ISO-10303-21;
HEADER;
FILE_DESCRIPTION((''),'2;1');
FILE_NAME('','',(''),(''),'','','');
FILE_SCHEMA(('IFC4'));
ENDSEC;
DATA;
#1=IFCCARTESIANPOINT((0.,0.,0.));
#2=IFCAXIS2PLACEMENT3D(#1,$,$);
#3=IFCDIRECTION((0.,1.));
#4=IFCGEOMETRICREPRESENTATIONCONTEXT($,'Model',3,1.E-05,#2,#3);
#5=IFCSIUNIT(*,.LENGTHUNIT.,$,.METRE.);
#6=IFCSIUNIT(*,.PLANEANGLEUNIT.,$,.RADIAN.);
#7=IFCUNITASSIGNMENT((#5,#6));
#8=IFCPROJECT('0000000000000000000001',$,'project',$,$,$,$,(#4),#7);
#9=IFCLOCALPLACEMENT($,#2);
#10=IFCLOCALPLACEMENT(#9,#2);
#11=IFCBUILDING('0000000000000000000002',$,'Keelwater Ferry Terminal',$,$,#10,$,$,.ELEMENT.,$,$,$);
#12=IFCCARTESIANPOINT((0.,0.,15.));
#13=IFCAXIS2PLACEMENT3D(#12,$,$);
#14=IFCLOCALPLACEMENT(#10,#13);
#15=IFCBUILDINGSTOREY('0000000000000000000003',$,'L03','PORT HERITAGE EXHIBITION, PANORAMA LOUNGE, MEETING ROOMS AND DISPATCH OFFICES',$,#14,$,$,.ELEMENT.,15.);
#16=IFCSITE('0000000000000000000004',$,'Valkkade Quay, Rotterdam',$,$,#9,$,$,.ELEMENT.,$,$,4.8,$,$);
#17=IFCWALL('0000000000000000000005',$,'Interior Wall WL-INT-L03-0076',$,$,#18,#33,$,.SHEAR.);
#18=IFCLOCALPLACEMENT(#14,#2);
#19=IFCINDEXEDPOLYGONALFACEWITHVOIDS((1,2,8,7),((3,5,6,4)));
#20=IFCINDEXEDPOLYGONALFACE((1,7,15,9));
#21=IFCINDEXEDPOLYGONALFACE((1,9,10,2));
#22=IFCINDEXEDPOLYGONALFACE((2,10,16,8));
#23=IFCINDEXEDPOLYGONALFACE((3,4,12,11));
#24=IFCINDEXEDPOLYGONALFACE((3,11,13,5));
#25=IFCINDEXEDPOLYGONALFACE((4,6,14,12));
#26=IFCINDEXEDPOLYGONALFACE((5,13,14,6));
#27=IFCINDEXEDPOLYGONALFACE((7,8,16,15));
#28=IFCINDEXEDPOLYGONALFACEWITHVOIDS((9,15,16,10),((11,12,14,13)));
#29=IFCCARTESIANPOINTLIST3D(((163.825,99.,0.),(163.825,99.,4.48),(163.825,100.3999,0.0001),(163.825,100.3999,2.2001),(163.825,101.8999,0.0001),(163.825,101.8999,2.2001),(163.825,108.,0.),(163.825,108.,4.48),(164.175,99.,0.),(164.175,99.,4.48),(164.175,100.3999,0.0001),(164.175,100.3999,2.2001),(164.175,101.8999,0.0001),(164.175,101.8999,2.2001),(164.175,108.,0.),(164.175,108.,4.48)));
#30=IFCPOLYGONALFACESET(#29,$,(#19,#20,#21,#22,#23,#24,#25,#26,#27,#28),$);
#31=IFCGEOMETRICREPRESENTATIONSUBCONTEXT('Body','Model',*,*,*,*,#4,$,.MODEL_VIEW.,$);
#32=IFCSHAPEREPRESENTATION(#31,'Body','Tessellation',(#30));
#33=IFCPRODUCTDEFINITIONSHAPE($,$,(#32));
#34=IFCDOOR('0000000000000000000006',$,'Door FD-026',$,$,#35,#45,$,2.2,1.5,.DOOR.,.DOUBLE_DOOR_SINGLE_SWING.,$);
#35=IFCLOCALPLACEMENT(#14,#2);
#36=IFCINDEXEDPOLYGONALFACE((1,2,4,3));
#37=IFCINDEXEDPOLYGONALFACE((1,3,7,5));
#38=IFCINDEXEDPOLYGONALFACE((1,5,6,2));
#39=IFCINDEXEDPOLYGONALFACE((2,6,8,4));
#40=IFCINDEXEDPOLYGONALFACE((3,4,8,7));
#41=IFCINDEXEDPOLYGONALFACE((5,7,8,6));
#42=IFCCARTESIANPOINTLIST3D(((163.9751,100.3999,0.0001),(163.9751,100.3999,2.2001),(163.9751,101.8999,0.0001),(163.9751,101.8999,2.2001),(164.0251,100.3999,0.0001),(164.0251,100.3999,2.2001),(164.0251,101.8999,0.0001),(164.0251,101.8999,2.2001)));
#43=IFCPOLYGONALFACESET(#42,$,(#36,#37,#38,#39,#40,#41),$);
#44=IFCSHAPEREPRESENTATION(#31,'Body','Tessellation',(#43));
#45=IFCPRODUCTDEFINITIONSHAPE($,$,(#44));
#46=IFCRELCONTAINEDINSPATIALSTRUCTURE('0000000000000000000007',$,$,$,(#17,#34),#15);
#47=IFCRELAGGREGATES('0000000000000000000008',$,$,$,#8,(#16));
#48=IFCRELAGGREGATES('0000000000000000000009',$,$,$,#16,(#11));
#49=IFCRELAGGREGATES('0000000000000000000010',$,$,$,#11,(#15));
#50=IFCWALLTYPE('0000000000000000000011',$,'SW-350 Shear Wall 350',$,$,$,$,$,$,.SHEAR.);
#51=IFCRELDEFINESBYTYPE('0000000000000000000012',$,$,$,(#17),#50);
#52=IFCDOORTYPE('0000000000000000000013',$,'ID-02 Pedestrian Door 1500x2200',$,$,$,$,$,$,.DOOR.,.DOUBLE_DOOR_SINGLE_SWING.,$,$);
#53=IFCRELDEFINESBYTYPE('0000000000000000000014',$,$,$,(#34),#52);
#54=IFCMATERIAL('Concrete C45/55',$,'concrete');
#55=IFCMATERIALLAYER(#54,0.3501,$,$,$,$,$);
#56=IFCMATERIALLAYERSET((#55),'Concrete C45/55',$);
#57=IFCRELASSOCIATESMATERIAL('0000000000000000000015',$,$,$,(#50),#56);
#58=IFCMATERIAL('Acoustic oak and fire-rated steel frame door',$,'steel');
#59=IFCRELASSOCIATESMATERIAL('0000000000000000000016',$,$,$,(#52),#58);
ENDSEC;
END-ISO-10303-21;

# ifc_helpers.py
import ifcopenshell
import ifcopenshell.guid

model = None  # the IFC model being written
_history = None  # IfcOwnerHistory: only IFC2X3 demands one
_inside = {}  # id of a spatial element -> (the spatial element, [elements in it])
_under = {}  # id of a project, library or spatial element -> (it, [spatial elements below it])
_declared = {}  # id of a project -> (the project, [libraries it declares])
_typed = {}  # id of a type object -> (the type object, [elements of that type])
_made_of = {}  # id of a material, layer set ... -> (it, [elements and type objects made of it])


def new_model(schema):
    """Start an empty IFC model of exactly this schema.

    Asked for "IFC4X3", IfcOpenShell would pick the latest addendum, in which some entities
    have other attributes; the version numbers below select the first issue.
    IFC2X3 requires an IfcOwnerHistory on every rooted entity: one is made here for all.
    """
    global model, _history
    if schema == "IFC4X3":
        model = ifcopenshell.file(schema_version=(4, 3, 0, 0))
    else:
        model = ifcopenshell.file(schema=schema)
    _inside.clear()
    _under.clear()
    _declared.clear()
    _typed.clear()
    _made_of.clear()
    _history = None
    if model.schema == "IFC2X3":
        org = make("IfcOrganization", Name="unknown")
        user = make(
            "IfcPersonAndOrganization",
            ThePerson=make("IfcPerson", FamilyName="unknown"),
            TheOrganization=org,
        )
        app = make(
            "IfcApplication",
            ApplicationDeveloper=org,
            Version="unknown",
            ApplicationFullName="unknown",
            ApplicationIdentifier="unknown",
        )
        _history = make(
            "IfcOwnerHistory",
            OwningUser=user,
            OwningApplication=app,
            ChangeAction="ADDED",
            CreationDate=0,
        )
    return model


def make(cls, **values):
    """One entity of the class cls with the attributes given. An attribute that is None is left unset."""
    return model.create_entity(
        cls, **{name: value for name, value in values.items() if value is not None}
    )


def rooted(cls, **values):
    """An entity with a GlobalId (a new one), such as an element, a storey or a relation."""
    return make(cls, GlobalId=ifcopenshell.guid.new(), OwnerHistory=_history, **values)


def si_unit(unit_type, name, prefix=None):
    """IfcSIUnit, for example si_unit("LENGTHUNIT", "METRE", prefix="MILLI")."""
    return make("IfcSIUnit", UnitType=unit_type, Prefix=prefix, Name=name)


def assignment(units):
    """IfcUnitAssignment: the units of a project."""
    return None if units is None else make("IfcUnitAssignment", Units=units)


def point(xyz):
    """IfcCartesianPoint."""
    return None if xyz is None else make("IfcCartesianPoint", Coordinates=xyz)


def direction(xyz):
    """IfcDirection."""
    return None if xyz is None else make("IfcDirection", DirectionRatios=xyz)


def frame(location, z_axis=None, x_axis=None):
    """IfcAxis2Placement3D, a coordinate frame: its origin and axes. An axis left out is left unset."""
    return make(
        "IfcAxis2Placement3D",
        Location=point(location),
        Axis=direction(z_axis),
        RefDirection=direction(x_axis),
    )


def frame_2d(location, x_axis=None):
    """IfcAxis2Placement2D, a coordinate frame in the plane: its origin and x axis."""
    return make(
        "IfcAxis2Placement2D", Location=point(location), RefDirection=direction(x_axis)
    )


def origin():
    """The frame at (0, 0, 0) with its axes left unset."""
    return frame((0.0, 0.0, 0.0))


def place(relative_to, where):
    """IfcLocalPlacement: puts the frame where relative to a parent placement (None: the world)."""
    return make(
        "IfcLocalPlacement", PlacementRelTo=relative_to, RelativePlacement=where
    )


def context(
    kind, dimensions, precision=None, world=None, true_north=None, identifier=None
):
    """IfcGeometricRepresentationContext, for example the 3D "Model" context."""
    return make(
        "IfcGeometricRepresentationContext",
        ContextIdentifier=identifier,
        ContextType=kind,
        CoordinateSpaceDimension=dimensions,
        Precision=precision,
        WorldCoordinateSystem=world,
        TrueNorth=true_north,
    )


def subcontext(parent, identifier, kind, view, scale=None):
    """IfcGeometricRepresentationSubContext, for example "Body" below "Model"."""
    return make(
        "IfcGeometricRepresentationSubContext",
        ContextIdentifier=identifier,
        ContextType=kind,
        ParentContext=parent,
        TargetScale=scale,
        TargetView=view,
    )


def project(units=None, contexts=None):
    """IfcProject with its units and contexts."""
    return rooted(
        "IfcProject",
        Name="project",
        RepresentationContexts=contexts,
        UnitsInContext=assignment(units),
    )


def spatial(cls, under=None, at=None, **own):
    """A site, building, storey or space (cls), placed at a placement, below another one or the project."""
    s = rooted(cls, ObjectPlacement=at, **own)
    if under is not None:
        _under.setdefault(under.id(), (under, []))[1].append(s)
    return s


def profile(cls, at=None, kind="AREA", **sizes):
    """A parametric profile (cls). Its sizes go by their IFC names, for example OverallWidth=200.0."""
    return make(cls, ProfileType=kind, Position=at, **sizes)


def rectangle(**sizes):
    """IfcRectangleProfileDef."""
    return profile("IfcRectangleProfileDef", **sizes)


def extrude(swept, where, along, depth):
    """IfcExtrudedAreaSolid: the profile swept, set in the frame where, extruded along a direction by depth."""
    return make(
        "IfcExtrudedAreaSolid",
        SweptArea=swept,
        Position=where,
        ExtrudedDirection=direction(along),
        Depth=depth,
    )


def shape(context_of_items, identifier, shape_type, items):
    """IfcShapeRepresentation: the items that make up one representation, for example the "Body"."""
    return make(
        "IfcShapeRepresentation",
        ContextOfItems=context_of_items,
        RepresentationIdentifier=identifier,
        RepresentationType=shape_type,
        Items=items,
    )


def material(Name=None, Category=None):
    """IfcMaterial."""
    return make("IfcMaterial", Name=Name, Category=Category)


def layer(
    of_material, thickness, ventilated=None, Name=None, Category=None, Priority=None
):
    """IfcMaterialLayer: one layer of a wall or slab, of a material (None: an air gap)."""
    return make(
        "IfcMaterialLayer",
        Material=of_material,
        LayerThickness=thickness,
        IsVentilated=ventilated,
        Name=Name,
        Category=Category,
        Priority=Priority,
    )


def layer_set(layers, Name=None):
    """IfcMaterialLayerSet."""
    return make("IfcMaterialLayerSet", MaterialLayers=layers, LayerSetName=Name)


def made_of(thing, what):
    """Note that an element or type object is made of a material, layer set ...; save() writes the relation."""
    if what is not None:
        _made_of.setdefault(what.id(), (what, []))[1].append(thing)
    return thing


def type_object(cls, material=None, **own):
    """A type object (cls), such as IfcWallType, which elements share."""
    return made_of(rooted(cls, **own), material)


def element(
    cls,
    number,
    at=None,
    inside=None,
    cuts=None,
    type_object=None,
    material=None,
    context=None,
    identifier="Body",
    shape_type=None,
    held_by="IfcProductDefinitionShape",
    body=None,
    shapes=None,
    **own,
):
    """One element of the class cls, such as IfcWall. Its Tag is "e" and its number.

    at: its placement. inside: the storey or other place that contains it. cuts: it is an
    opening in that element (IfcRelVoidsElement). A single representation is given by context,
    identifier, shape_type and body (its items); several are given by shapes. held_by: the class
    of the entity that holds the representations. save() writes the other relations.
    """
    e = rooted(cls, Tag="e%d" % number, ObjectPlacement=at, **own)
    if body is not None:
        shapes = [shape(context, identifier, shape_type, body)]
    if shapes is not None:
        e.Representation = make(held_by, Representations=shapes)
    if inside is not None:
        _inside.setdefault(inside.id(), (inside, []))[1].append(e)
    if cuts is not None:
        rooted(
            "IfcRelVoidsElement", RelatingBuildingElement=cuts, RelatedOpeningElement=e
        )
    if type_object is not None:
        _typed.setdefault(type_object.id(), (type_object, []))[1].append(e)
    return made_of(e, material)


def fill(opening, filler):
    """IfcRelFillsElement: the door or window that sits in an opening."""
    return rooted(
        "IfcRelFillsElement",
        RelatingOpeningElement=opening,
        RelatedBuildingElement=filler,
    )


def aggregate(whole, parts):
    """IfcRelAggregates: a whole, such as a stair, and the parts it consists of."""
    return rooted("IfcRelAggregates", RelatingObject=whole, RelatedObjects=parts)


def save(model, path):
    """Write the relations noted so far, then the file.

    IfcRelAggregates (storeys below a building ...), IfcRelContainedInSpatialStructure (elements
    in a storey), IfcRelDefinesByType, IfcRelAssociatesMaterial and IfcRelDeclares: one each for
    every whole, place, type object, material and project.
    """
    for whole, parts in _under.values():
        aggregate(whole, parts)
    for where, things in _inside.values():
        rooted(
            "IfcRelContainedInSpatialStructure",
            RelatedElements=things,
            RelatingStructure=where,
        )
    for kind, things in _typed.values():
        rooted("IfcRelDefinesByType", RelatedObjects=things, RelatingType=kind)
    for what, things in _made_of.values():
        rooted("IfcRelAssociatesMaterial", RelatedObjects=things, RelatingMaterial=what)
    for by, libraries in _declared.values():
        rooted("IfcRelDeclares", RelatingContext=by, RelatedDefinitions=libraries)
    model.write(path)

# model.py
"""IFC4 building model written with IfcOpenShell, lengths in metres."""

from ifc_helpers import new_model, si_unit, direction, frame, frame_2d, origin, place, context, subcontext, project, spatial, rectangle, extrude, material, layer, layer_set, type_object, element, fill, save


model = new_model("IFC4")

# Units and contexts
model_context = context("Model", 3, precision=1e-05, world=origin(), true_north=direction((0.0, 1.0)))
body_context = subcontext(model_context, "Body", "Model", "MODEL_VIEW")
ifc_project = project(units=[si_unit("LENGTHUNIT", "METRE"), si_unit("PLANEANGLEUNIT", "RADIAN")], contexts=[model_context])

# Site, building, storey
site_placement = place(None, origin())
site = spatial("IfcSite", under=ifc_project, at=site_placement, Name="Valkkade Quay, Rotterdam", CompositionType="ELEMENT", RefElevation=4.8)
building_placement = place(site_placement, origin())
building = spatial("IfcBuilding", under=site, at=building_placement, Name="Keelwater Ferry Terminal", CompositionType="ELEMENT")
storey_placement = place(building_placement, frame((0.0, 0.0, 15.0)))
storey = spatial("IfcBuildingStorey", under=building, at=storey_placement, Name="L03", Description="PORT HERITAGE EXHIBITION, PANORAMA LOUNGE, MEETING ROOMS AND DISPATCH OFFICES", CompositionType="ELEMENT", Elevation=15.0)

# Wall, opening, door
ifc_material_1 = material(Name="Concrete C45/55", Category="concrete")
ifc_layer_1 = layer(ifc_material_1, 0.3501)
ifc_layer_set_1 = layer_set([ifc_layer_1], Name="Concrete C45/55")
wall_type_1 = type_object("IfcWallType", Name="SW-350 Shear Wall 350", PredefinedType="SHEAR", material=ifc_layer_set_1)
wall_1_placement = place(storey_placement, frame((164.0, 99.0, 0.0), z_axis=(0.0, 0.0, 1.0), x_axis=(0.0, 1.0, 0.0)))
wall_1 = element("IfcWall", 1, at=wall_1_placement, inside=storey, type_object=wall_type_1, Name="Interior Wall WL-INT-L03-0076", PredefinedType="SHEAR", context=body_context, shape_type="SweptSolid", body=[
    extrude(rectangle(XDim=9.0, YDim=0.3501, at=frame_2d((4.5, 0.0))), origin(), (0.0, 0.0, 1.0), 4.48),
])
opening_1_placement = place(wall_1_placement, frame((1.3999, 0.0, 0.0)))
opening_1 = element("IfcOpeningElement", 2, at=opening_1_placement, cuts=wall_1, PredefinedType="OPENING", context=body_context, shape_type="SweptSolid", body=[
    extrude(rectangle(XDim=1.5, YDim=2.2, at=frame_2d((0.75, 1.1001))), frame((0.0, 0.1851, 0.0), z_axis=(0.0, -1.0, 0.0), x_axis=(1.0, 0.0, 0.0)), (0.0, 0.0, 1.0), 0.3701),
])
ifc_material_2 = material(Name="Acoustic oak and fire-rated steel frame door", Category="steel")
door_type_1 = type_object("IfcDoorType", Name="ID-02 Pedestrian Door 1500x2200", OperationType="DOUBLE_DOOR_SINGLE_SWING", PredefinedType="DOOR", material=ifc_material_2)
door_1_placement = place(opening_1_placement, origin())
door_1 = element("IfcDoor", 3, at=door_1_placement, inside=storey, type_object=door_type_1, Name="Door FD-026", OperationType="DOUBLE_DOOR_SINGLE_SWING", OverallHeight=2.2, OverallWidth=1.5, PredefinedType="DOOR", context=body_context, shape_type="SweptSolid", body=[
    extrude(rectangle(XDim=1.5, YDim=2.2, at=frame_2d((0.75, 1.1001))), frame((0.0, 0.0249, 0.0), z_axis=(0.0, -1.0, 0.0), x_axis=(1.0, 0.0, 0.0)), (0.0, 0.0, 1.0), 0.05),
])
fill(opening_1, door_1)

save(model, "model.ifc")
